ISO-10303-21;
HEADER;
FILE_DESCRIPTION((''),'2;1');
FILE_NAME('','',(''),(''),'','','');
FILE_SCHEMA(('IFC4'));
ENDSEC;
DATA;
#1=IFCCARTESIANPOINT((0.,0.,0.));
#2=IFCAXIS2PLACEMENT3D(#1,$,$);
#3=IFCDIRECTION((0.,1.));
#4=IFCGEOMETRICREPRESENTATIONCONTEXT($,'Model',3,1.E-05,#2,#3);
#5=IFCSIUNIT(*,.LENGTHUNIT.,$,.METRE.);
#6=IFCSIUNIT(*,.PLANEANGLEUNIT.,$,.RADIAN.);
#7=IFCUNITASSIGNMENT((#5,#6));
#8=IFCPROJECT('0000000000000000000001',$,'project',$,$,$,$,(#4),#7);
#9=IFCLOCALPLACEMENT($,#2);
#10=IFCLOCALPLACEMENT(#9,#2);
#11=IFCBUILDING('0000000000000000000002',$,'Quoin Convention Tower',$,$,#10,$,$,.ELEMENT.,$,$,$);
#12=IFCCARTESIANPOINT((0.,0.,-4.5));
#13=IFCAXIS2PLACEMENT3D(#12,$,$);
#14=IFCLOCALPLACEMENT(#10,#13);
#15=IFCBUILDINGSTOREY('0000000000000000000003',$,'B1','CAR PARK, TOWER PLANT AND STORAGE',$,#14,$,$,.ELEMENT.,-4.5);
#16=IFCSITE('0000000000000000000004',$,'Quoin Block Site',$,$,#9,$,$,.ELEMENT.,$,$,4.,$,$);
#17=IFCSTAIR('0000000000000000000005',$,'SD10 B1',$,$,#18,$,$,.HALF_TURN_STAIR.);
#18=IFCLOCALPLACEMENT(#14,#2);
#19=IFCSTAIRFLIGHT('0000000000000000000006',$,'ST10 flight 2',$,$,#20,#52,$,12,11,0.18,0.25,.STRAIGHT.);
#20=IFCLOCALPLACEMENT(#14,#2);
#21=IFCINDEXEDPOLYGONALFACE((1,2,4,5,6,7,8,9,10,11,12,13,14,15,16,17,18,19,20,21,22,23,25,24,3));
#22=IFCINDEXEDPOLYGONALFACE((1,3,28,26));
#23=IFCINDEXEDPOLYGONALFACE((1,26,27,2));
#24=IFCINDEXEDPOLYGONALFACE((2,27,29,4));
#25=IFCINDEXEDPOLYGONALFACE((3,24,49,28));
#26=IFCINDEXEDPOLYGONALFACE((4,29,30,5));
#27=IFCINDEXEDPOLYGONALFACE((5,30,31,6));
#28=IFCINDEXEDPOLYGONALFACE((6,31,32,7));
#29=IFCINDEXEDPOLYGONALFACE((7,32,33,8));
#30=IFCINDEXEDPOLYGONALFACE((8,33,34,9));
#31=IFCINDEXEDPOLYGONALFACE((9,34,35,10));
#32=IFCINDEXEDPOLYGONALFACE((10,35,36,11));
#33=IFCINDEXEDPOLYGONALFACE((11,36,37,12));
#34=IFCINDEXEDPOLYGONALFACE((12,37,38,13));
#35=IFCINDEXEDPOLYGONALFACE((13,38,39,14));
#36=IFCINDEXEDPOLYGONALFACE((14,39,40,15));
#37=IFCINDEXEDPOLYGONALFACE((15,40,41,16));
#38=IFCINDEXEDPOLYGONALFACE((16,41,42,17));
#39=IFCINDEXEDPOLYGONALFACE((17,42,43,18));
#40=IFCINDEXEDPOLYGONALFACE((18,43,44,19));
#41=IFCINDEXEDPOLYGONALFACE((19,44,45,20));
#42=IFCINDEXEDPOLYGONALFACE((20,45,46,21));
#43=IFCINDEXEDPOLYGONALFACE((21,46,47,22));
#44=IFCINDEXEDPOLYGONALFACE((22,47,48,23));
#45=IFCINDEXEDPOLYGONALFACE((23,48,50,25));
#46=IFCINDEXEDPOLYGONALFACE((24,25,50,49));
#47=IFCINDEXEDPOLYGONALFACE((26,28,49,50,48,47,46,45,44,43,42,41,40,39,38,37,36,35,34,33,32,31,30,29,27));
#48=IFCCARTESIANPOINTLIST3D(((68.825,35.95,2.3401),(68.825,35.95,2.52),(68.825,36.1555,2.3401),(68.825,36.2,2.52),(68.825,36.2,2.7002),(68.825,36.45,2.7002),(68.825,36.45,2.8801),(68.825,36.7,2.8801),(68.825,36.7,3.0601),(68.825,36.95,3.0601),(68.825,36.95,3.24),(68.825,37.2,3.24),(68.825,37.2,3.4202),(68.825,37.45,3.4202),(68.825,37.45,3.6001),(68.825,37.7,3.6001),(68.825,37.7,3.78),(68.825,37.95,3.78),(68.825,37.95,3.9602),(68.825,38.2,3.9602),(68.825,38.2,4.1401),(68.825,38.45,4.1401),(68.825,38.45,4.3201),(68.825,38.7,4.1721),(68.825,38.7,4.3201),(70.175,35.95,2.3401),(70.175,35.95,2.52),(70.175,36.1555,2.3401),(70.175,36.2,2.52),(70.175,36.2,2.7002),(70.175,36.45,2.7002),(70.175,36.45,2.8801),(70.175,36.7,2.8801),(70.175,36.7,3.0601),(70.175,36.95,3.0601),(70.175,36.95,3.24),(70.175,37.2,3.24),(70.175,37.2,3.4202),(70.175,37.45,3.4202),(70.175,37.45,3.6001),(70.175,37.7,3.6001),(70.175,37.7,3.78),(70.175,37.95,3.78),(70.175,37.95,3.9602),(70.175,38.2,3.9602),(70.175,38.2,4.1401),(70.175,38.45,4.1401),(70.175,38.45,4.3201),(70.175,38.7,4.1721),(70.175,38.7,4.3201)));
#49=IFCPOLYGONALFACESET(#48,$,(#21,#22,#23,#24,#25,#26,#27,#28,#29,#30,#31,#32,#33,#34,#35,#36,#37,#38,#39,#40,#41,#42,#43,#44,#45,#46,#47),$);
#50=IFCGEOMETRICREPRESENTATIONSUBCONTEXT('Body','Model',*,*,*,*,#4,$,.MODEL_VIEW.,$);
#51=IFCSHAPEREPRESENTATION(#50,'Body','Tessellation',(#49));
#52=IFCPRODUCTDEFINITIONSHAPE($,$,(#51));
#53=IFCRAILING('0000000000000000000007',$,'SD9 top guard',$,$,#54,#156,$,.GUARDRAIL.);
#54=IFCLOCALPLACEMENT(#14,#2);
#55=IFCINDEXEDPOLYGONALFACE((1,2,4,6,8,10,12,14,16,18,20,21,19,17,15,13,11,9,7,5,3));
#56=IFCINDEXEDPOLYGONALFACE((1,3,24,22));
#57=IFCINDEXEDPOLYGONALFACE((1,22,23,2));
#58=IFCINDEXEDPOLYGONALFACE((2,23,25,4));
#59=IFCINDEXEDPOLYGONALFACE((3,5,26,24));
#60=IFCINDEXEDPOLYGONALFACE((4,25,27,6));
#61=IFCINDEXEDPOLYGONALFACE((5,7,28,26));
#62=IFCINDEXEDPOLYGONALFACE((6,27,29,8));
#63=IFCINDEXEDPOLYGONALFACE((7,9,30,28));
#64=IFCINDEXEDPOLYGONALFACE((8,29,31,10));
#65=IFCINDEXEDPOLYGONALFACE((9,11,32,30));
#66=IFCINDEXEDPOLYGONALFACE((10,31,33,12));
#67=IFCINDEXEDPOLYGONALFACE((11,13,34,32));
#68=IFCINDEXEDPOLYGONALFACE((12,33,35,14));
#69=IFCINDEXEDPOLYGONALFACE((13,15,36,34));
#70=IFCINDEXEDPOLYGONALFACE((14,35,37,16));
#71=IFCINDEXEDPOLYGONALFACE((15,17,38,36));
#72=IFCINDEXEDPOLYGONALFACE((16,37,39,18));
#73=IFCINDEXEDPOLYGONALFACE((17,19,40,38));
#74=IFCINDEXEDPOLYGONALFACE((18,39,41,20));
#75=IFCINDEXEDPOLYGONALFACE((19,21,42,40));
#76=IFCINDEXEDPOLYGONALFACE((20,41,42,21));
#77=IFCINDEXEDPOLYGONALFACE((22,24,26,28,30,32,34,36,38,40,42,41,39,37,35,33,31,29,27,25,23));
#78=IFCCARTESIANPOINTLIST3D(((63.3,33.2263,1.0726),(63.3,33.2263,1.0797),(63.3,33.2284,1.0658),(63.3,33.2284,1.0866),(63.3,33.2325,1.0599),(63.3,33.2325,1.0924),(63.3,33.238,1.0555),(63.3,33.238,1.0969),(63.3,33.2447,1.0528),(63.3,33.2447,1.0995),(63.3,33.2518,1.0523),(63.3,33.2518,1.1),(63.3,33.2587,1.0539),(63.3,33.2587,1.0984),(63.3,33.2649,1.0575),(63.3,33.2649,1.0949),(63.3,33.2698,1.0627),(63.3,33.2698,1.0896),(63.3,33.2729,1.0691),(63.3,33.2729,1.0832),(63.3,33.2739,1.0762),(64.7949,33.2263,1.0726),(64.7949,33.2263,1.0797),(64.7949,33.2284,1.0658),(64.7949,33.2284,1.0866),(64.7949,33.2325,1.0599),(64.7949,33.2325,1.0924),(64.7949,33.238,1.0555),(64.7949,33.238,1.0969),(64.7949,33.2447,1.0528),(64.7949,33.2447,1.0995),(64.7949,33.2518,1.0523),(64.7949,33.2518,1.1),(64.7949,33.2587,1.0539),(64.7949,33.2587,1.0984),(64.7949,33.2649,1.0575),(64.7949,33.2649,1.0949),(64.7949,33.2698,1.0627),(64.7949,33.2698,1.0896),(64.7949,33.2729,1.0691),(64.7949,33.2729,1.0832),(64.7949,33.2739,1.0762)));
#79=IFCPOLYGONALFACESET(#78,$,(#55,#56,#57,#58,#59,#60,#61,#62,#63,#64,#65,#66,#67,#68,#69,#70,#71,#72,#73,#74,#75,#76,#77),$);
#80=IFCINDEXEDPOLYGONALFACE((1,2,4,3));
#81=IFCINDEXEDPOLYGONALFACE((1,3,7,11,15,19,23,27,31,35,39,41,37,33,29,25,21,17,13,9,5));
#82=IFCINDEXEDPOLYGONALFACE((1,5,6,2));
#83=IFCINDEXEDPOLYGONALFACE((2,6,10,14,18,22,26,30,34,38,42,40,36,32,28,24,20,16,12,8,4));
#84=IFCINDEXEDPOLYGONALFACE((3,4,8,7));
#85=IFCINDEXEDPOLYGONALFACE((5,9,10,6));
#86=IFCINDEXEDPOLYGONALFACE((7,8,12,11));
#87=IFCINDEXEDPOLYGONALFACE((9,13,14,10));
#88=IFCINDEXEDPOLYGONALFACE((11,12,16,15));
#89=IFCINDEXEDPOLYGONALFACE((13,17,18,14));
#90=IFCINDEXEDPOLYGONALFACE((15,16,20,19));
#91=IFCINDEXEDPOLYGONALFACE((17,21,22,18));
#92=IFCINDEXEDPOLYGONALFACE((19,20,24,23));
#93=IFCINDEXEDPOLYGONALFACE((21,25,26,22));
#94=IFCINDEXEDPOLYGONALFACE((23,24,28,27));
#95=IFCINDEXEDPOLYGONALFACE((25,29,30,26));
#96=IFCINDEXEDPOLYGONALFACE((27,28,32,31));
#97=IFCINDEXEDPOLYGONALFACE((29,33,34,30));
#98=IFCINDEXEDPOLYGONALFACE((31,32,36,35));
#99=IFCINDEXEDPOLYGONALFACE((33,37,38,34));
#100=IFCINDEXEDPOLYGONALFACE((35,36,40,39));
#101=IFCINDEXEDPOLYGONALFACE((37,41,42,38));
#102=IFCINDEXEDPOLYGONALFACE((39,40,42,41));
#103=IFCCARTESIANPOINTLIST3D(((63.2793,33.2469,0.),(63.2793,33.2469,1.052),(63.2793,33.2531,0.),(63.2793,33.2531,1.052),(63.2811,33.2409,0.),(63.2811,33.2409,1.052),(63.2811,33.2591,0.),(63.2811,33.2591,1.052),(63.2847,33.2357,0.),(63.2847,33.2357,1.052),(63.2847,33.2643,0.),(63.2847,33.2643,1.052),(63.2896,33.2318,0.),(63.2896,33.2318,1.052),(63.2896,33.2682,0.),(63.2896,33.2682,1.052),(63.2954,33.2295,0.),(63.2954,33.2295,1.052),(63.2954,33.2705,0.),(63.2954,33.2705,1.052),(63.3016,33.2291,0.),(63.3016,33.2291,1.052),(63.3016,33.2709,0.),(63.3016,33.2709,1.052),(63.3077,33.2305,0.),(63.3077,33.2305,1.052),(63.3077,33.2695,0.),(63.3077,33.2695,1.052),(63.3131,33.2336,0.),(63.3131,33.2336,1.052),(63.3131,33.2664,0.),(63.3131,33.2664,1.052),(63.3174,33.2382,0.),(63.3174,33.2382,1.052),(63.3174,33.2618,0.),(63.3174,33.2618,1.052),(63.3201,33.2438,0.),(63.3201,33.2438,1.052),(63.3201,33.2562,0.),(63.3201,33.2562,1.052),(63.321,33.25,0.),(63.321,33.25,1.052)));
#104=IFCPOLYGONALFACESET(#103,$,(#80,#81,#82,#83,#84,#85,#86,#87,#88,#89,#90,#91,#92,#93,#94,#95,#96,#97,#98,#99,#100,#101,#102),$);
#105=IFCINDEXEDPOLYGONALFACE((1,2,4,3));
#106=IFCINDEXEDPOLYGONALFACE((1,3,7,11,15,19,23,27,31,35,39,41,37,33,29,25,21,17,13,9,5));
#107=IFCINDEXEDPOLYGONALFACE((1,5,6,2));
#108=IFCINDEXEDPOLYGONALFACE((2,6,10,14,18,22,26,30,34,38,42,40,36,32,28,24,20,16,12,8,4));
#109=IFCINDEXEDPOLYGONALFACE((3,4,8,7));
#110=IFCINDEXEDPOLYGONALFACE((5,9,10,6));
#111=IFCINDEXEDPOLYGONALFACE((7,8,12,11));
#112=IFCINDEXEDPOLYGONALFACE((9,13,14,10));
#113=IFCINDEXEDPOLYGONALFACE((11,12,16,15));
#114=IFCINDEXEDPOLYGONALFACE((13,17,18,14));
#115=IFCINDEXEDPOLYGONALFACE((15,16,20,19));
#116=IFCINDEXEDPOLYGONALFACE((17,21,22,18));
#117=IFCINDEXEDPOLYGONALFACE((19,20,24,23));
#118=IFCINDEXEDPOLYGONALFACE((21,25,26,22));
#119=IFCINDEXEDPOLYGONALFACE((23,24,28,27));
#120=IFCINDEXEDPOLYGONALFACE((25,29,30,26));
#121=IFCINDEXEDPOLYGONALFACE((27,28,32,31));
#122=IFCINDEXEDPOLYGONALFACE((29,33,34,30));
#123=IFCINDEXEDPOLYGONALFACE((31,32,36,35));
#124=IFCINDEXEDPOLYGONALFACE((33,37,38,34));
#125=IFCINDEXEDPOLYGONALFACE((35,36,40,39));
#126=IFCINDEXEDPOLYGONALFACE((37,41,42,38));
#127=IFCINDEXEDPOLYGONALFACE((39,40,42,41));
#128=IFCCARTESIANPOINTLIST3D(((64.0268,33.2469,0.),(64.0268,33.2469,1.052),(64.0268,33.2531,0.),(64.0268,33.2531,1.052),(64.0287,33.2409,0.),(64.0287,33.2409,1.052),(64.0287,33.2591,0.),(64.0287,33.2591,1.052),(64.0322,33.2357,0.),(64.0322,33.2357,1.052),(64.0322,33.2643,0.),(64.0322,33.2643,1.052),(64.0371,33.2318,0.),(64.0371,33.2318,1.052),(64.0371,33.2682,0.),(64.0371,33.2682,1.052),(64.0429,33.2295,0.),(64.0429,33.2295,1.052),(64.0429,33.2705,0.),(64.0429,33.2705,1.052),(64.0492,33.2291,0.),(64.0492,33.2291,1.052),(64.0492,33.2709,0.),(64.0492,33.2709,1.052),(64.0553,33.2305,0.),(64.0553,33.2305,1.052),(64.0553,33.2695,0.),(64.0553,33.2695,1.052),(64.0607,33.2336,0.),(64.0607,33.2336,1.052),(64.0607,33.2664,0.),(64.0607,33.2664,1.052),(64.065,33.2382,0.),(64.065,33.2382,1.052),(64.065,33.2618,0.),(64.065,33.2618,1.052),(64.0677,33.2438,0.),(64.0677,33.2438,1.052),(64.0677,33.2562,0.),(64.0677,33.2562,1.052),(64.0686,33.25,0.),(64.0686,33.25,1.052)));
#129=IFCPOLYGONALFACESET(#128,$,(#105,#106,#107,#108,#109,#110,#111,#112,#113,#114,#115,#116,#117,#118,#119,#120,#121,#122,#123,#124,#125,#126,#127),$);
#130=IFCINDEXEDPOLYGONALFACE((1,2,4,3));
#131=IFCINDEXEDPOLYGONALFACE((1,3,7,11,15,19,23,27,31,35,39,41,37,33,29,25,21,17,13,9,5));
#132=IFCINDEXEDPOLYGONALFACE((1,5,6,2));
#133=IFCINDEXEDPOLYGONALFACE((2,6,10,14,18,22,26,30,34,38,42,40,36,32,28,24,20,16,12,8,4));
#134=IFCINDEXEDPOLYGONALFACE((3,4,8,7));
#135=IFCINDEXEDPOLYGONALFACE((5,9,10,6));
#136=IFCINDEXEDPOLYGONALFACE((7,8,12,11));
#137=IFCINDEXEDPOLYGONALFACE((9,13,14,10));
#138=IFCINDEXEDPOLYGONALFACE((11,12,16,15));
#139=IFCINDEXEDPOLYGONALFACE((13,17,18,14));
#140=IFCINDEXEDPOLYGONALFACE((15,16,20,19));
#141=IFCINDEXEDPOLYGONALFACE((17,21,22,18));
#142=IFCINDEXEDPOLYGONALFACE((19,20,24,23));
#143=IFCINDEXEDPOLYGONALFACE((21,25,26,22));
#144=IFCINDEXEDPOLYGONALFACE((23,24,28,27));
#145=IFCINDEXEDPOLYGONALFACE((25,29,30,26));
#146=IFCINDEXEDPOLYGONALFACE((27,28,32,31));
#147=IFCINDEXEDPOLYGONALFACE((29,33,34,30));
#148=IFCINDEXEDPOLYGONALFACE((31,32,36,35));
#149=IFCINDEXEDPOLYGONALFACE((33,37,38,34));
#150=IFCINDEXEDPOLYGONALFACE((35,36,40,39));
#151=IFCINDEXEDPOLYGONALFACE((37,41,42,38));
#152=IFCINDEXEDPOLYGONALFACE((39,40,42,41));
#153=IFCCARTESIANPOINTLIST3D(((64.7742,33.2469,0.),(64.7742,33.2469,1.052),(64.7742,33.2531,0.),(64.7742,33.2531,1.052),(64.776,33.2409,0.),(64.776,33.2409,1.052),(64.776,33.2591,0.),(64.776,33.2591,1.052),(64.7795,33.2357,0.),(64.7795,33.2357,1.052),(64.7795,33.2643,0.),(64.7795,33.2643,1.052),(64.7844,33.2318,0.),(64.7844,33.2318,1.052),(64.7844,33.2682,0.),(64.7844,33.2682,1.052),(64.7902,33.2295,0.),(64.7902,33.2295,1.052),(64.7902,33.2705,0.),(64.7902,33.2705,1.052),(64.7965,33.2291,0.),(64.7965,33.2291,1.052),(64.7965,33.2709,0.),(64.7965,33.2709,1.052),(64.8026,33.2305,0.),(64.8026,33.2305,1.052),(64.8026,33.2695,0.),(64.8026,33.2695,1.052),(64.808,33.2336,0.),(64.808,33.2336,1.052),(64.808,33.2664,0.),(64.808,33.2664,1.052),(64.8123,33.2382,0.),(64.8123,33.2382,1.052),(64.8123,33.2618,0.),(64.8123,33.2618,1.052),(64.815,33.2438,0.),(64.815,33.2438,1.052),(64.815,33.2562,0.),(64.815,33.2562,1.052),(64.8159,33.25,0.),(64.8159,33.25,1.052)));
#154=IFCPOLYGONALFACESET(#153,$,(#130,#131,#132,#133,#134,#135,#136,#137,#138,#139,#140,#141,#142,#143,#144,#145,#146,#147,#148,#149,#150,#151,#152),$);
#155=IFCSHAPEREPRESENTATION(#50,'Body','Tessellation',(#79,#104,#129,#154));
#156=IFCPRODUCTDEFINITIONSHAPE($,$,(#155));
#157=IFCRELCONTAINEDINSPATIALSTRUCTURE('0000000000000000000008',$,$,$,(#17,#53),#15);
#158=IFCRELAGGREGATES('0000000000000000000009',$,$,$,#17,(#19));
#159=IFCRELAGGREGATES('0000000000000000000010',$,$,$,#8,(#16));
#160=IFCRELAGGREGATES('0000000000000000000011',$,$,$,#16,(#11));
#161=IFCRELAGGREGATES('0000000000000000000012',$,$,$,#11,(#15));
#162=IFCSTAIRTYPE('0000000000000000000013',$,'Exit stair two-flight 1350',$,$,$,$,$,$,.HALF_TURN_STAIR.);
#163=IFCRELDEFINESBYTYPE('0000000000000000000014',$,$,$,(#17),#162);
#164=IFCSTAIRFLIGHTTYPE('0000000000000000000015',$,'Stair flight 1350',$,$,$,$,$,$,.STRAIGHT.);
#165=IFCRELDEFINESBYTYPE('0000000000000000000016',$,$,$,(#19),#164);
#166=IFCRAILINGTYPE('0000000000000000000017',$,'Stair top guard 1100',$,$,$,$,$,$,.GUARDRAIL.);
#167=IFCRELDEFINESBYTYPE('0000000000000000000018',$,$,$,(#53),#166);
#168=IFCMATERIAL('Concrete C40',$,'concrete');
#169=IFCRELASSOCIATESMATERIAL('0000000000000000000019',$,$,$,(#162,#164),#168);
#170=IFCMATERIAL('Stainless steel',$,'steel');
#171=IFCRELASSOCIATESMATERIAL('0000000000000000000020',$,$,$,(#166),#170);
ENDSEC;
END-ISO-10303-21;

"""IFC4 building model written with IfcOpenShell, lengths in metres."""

from ifc_helpers import new_model, si_unit, direction, frame, origin, origin_2d, place, context, subcontext, project, spatial, polyline, circle, outline, extrude, material, type_object, element, aggregate, save


model = new_model("IFC4")

# Units and contexts
model_context = context("Model", 3, precision=1e-05, world=origin(), true_north=direction((0.0, 1.0)))
body_context = subcontext(model_context, "Body", "Model", "MODEL_VIEW")
ifc_project = project(units=[si_unit("LENGTHUNIT", "METRE"), si_unit("PLANEANGLEUNIT", "RADIAN")], contexts=[model_context])

# Site, building, storey
site_placement = place(None, origin())
site = spatial("IfcSite", under=ifc_project, at=site_placement, Name="Quoin Block Site", CompositionType="ELEMENT", RefElevation=4.0)
building_placement = place(site_placement, origin())
building = spatial("IfcBuilding", under=site, at=building_placement, Name="Quoin Convention Tower", CompositionType="ELEMENT")
storey_placement = place(building_placement, frame((0.0, 0.0, -4.5)))
storey = spatial("IfcBuildingStorey", under=building, at=storey_placement, Name="B1", Description="CAR PARK, TOWER PLANT AND STORAGE", CompositionType="ELEMENT", Elevation=-4.5)

# Shared definitions
ifc_material_1 = material(Name="Concrete C40", Category="concrete")
stair_type = type_object("IfcStairType", Name="Exit stair two-flight 1350", PredefinedType="HALF_TURN_STAIR", material=ifc_material_1)
stair_flight_type = type_object("IfcStairFlightType", Name="Stair flight 1350", PredefinedType="STRAIGHT", material=ifc_material_1)

# Stair, stair flight
stair_1_placement = place(storey_placement, origin())
stair_1 = element("IfcStair", 1, at=stair_1_placement, inside=storey, type_object=stair_type, Name="SD10 B1", PredefinedType="HALF_TURN_STAIR")
stair_flight_1_placement = place(storey_placement, frame((69.5, 35.95, 2.3401), z_axis=(0.0, 0.0, 1.0), x_axis=(0.0, 1.0, 0.0)))
stair_flight_1 = element("IfcStairFlight", 2, at=stair_flight_1_placement, type_object=stair_flight_type, Name="ST10 flight 2", NumberOfRisers=12, NumberOfTreads=11, PredefinedType="STRAIGHT", RiserHeight=0.18, TreadLength=0.25, context=body_context, shape_type="SweptSolid", body=[
    extrude(outline(polyline([(0.0, 0.0), (0.0, 0.1799), (0.25, 0.1799), (0.25, 0.3601), (0.5, 0.3601), (0.5, 0.54), (0.75, 0.54), (0.75, 0.72), (1.0, 0.72), (1.0, 0.8999), (1.25, 0.8999), (1.25, 1.0801), (1.5, 1.0801), (1.5, 1.26), (1.75, 1.26), (1.75, 1.4399), (2.0, 1.4399), (2.0, 1.6201), (2.25, 1.6201), (2.25, 1.8), (2.5, 1.8), (2.5, 1.98), (2.75, 1.98), (2.75, 2.1599), (2.75, 1.832), (0.2056, 0.0), (0.0, 0.0)])), frame((0.0, 0.675, 0.0), z_axis=(0.0, -1.0, 0.0), x_axis=(1.0, 0.0, 0.0)), (0.0, 0.0, 1.0), 1.3501),
])
aggregate(stair_1, [stair_flight_1])

# Railing
ifc_material_2 = material(Name="Stainless steel", Category="steel")
railing_type_1 = type_object("IfcRailingType", Name="Stair top guard 1100", PredefinedType="GUARDRAIL", material=ifc_material_2)
railing_1_placement = place(storey_placement, frame((63.3, 33.25, 0.0)))
element("IfcRailing", 3, at=railing_1_placement, inside=storey, type_object=railing_type_1, Name="SD9 top guard", PredefinedType="GUARDRAIL", context=body_context, shape_type="SweptSolid", body=[
    extrude(circle(Radius=0.0239, at=origin_2d()), frame((0.0, 0.0, 1.0762), z_axis=(1.0, 0.0, 0.0), x_axis=(0.0, 1.0, 0.0)), (0.0, 0.0, 1.0), 1.4949),
    extrude(circle(Radius=0.021, at=origin_2d()), origin(), (0.0, 0.0, 1.0), 1.052),
    extrude(circle(Radius=0.021, at=origin_2d()), frame((0.7476, 0.0, 0.0)), (0.0, 0.0, 1.0), 1.052),
    extrude(circle(Radius=0.021, at=origin_2d()), frame((1.4949, 0.0, 0.0)), (0.0, 0.0, 1.0), 1.052),
])

save(model, "model.ifc")
